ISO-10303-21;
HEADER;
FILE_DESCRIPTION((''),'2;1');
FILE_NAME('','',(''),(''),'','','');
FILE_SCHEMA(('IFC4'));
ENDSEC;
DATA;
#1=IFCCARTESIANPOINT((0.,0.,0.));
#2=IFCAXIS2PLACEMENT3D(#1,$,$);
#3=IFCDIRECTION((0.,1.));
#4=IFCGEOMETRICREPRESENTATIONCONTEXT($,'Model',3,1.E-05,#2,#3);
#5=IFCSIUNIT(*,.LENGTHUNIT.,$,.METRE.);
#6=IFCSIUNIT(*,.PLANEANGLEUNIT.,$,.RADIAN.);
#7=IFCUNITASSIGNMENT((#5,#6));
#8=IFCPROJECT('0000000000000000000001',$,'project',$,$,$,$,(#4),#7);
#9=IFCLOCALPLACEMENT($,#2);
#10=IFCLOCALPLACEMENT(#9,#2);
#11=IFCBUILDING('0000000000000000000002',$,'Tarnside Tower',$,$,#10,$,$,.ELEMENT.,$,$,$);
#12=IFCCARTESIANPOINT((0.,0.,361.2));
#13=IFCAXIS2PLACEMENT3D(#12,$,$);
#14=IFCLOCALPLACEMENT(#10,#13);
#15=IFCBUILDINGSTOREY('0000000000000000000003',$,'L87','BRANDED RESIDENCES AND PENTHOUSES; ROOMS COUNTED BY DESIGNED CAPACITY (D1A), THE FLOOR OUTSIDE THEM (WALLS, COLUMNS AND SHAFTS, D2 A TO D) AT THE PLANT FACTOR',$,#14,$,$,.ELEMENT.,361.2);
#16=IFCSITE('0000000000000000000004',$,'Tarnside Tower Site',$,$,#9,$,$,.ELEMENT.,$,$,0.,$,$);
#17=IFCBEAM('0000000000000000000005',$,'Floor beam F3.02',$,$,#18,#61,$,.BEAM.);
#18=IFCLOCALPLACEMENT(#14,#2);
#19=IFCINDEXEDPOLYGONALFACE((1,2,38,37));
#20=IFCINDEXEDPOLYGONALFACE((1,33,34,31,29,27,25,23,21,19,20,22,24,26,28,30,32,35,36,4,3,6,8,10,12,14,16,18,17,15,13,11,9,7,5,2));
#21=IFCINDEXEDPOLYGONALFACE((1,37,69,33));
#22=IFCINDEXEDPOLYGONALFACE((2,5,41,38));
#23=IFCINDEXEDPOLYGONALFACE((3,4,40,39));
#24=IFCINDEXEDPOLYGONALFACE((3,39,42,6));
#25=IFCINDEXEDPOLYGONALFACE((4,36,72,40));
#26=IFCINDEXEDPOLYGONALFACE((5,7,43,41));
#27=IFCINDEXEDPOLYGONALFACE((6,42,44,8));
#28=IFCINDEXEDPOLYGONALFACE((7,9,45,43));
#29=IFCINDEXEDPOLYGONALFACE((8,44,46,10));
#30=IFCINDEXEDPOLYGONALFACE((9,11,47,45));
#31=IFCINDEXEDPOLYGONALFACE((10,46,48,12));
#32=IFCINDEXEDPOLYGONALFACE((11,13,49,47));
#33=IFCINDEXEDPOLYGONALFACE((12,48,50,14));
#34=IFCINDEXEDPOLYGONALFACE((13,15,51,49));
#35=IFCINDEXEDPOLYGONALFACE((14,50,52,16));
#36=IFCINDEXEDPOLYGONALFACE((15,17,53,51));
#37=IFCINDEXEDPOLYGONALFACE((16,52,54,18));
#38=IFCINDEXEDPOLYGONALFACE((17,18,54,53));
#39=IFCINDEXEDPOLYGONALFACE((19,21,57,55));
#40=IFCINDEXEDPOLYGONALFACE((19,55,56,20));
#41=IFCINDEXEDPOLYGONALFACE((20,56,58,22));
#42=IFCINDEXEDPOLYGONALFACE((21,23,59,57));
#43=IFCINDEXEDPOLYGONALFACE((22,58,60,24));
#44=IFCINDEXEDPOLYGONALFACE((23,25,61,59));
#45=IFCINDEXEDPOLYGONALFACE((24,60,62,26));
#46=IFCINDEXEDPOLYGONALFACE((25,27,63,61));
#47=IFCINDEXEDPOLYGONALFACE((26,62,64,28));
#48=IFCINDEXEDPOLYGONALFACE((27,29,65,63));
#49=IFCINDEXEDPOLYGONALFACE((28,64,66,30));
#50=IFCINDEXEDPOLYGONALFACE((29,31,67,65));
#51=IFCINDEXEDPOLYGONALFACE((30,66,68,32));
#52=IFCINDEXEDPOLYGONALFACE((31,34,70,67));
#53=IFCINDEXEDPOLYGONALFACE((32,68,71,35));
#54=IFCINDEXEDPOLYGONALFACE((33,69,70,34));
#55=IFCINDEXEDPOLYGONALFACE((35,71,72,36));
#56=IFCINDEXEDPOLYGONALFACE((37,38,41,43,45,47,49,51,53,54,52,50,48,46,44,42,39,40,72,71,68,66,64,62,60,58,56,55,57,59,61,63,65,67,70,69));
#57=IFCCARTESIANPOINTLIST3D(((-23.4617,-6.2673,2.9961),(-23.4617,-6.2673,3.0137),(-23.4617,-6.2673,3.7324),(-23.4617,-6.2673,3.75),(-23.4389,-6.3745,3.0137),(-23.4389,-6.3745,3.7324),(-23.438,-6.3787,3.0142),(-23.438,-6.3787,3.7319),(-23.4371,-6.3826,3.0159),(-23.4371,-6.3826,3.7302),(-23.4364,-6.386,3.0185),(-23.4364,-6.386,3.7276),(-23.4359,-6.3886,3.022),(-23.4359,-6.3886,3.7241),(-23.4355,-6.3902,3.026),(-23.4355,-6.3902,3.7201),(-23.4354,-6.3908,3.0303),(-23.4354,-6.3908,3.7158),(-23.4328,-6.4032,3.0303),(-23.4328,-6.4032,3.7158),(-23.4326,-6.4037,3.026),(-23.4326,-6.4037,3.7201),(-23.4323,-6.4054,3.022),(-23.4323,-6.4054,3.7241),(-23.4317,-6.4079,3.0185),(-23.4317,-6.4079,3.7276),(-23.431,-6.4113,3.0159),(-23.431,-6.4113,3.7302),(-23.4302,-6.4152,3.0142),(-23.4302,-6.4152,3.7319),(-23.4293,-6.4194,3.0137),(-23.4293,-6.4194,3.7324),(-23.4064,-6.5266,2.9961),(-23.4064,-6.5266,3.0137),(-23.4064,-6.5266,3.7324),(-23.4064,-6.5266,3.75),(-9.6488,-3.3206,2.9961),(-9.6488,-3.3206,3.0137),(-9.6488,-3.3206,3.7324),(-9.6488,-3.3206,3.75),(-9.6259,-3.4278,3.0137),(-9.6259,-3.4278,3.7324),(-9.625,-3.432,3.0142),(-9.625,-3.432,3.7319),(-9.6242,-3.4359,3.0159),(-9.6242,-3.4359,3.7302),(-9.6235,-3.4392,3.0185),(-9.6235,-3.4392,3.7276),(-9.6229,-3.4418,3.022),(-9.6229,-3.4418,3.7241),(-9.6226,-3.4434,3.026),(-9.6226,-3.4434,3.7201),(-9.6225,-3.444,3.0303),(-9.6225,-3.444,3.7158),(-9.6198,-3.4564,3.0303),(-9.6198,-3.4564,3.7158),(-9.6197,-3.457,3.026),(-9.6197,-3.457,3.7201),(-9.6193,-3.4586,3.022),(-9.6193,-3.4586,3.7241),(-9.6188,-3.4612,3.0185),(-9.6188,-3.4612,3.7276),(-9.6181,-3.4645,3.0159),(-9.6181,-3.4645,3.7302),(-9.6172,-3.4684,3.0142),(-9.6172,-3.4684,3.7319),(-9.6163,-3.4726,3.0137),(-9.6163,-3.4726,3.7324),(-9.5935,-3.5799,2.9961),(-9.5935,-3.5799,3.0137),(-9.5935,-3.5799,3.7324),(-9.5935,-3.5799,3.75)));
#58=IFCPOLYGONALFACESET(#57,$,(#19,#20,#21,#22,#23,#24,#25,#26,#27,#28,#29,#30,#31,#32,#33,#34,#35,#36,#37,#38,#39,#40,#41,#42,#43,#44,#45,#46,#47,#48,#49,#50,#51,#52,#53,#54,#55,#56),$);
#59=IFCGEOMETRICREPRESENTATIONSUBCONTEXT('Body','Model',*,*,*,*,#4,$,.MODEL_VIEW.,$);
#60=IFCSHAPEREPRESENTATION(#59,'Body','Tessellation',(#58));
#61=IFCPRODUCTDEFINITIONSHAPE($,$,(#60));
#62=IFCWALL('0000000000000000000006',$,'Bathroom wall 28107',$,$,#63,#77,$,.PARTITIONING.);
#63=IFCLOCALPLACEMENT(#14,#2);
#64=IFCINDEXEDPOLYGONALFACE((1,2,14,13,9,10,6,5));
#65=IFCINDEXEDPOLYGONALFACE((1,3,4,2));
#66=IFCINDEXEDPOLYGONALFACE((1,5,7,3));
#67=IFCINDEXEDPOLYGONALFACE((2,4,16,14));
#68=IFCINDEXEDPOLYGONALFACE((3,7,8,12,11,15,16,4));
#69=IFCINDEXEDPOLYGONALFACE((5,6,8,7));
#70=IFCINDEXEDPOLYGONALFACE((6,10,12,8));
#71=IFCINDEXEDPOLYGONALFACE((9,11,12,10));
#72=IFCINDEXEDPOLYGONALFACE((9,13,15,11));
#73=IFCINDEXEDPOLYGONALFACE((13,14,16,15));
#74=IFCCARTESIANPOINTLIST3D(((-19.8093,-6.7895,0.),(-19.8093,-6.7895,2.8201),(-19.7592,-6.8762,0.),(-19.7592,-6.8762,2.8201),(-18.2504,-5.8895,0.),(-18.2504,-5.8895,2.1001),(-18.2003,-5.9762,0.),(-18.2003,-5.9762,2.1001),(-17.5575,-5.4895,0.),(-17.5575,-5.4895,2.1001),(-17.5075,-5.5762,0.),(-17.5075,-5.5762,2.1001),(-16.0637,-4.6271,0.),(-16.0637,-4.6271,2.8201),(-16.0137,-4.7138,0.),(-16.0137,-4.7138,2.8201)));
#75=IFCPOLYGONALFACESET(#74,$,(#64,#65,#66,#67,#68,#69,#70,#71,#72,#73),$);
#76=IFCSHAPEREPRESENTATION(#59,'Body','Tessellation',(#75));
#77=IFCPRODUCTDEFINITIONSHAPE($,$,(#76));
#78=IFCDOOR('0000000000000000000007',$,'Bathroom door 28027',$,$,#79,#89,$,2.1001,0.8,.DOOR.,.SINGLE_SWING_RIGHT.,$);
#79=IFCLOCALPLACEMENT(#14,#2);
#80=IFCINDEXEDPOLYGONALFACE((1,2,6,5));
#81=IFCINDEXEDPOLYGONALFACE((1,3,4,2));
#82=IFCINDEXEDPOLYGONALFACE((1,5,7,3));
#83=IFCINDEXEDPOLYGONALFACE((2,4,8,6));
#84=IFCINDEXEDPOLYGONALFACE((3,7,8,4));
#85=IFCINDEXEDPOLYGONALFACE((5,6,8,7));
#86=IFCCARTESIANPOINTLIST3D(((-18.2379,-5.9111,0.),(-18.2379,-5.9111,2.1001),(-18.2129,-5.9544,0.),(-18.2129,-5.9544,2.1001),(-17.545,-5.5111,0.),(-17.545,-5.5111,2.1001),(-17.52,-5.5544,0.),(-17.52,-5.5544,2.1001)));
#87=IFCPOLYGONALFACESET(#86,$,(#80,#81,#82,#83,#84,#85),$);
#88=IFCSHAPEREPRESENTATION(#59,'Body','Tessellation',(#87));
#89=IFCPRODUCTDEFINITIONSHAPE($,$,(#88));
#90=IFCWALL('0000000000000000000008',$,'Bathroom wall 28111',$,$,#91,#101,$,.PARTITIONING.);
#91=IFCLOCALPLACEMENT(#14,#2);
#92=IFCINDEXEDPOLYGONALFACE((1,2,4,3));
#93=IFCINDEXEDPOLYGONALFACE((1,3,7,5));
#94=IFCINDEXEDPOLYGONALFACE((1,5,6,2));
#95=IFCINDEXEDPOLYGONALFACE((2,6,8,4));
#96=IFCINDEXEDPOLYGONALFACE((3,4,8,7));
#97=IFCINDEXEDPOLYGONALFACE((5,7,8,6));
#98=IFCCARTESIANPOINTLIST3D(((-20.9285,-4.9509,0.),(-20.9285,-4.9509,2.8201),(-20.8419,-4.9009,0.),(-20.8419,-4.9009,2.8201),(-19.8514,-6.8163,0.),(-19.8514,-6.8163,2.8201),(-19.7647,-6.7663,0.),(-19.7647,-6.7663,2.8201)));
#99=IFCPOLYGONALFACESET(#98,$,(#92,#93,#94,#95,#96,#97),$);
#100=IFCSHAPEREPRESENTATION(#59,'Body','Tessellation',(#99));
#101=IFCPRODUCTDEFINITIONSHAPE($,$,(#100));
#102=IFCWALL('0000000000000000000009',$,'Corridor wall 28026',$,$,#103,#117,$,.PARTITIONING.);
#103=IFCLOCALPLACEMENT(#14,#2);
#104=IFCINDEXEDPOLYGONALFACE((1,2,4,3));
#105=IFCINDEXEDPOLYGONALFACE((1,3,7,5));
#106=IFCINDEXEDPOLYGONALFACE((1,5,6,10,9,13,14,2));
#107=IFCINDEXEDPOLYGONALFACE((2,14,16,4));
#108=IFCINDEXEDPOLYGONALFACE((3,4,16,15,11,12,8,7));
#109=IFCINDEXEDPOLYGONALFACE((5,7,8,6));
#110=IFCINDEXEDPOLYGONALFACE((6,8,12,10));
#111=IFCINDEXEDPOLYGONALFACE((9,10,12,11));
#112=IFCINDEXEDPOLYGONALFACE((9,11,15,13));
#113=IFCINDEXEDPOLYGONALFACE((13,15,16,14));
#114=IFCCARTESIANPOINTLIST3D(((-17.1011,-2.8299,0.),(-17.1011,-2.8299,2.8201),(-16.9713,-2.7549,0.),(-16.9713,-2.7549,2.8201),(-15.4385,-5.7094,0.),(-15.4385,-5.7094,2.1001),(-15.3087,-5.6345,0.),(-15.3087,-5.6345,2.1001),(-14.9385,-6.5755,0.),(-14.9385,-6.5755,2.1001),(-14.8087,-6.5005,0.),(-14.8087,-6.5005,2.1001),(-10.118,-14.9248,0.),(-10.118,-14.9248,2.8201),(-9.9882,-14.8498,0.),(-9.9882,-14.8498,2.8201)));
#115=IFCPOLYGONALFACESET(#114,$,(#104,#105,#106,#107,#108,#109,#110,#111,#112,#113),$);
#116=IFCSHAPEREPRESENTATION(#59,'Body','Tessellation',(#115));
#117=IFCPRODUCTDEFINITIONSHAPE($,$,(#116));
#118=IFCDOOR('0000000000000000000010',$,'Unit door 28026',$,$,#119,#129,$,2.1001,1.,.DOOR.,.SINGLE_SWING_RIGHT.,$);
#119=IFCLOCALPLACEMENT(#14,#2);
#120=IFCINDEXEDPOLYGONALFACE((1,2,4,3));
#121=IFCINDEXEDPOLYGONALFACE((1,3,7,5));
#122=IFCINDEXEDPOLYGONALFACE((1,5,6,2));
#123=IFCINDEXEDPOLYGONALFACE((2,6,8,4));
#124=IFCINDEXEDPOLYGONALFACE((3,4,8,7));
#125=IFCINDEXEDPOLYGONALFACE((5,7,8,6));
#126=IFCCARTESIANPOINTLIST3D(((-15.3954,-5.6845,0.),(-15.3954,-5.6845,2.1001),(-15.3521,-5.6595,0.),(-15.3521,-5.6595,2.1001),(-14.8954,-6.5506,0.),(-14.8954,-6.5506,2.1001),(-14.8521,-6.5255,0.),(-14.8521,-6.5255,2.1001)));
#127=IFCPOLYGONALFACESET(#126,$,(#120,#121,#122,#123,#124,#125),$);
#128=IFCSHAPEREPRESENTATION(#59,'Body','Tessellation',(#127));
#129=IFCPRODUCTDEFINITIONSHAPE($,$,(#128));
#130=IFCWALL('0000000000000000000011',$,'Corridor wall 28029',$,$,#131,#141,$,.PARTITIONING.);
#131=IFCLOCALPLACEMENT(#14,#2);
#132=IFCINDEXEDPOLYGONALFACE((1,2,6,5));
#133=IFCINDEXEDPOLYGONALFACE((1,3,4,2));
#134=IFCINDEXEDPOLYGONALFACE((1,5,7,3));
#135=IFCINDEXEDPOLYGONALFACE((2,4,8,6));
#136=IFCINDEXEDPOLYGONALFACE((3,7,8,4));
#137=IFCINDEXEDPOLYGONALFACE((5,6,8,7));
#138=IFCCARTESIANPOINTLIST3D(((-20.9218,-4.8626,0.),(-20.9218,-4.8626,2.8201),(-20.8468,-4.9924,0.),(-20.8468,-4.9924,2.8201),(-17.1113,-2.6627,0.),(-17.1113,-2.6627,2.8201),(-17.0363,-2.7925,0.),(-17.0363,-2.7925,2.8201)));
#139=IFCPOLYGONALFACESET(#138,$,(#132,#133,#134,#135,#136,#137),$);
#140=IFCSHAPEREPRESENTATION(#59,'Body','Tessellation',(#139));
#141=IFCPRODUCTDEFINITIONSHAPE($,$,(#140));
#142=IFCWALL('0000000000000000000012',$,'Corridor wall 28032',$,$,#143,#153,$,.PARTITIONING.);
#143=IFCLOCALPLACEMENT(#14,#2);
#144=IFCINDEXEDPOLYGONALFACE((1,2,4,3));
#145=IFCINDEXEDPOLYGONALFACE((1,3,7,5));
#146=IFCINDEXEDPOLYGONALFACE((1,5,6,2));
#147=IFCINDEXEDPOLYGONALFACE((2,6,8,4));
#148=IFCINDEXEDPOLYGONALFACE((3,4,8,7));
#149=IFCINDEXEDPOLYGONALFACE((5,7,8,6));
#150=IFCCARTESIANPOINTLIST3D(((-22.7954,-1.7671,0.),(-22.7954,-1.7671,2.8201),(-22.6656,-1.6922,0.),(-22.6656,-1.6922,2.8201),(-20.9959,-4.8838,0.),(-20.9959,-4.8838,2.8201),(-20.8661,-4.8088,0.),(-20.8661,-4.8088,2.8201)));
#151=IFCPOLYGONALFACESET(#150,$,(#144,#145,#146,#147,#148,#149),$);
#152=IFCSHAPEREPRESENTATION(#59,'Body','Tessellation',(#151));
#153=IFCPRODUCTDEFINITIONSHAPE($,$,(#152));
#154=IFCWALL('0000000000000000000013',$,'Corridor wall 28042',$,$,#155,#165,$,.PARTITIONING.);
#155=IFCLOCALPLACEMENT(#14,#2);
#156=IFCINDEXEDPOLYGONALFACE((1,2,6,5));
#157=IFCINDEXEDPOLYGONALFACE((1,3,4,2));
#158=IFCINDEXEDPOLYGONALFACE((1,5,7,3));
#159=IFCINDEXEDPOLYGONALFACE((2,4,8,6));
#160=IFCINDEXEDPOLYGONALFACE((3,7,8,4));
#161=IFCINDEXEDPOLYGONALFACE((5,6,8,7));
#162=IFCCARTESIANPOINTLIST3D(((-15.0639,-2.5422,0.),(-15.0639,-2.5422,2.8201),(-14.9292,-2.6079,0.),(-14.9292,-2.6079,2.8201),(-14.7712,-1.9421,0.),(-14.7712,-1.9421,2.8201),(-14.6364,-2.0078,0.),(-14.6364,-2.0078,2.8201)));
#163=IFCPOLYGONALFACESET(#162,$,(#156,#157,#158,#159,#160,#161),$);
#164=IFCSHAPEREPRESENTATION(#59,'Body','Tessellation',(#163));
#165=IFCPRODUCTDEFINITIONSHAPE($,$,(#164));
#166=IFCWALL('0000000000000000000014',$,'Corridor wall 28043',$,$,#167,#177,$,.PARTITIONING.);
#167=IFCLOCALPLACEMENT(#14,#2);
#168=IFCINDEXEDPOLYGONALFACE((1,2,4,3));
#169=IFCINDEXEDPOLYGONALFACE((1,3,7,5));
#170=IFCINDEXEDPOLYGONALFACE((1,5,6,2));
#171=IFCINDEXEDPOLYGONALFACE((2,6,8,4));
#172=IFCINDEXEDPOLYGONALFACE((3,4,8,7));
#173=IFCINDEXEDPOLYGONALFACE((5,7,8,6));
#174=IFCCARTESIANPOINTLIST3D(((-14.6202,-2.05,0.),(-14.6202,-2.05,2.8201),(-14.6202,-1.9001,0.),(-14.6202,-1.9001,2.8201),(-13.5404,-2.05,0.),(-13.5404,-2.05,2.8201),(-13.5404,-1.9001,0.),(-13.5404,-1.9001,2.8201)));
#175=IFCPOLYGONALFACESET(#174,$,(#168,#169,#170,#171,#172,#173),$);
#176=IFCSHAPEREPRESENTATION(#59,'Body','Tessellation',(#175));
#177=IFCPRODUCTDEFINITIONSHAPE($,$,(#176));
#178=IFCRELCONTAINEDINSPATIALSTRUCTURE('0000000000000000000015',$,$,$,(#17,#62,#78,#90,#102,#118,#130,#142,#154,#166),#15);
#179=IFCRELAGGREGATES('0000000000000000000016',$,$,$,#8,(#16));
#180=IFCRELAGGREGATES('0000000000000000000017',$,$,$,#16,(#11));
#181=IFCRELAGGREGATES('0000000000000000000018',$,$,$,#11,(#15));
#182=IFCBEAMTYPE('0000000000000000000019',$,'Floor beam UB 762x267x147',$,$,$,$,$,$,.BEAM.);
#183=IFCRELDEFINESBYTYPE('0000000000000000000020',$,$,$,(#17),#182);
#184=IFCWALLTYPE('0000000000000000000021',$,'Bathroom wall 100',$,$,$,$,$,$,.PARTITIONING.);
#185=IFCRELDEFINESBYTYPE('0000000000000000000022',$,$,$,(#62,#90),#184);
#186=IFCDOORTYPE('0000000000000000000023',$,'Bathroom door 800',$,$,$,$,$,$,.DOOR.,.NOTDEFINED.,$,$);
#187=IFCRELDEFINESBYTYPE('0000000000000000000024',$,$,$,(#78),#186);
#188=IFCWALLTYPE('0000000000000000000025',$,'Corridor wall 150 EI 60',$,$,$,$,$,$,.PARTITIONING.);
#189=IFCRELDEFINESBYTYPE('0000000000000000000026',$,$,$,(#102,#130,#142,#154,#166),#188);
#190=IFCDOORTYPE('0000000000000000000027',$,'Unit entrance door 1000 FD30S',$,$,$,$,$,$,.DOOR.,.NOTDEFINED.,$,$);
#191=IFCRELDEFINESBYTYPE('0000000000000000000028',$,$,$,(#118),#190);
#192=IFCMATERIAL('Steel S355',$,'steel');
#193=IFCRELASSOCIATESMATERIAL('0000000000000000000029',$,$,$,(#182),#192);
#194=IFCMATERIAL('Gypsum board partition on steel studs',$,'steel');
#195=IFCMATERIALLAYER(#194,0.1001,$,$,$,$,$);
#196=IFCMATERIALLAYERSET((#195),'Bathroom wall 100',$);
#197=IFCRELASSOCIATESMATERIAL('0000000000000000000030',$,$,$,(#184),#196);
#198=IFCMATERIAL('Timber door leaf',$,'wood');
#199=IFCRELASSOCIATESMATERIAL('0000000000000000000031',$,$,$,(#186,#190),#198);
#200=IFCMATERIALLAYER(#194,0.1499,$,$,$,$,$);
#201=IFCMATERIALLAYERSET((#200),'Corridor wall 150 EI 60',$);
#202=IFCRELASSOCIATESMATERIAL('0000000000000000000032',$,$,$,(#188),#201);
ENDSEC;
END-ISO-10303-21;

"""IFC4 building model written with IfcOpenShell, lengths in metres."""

from ifc_helpers import new_model, si_unit, direction, frame, frame_2d, origin, origin_2d, place, context, subcontext, project, spatial, rectangle, i_section, extrude, material, layer, layer_set, material_profile, profile_set, type_object, element, fill, save


model = new_model("IFC4")

# Units and contexts
model_context = context("Model", 3, precision=1e-05, world=origin(), true_north=direction((0.0, 1.0)))
body_context = subcontext(model_context, "Body", "Model", "MODEL_VIEW")
ifc_project = project(units=[si_unit("LENGTHUNIT", "METRE"), si_unit("PLANEANGLEUNIT", "RADIAN")], contexts=[model_context])

# Site, building, storey
site_placement = place(None, origin())
site = spatial("IfcSite", under=ifc_project, at=site_placement, Name="Tarnside Tower Site", CompositionType="ELEMENT", RefElevation=0.0)
building_placement = place(site_placement, origin())
building = spatial("IfcBuilding", under=site, at=building_placement, Name="Tarnside Tower", CompositionType="ELEMENT")
storey_placement = place(building_placement, frame((0.0, 0.0, 361.2)))
storey = spatial("IfcBuildingStorey", under=building, at=storey_placement, Name="L87", Description="BRANDED RESIDENCES AND PENTHOUSES; ROOMS COUNTED BY DESIGNED CAPACITY (D1A), THE FLOOR OUTSIDE THEM (WALLS, COLUMNS AND SHAFTS, D2 A TO D) AT THE PLANT FACTOR", CompositionType="ELEMENT", Elevation=361.2)

# Beam
ifc_material_1 = material(Name="Steel S355", Category="steel")
ifc_material_profile = material_profile(ifc_material_1, i_section(OverallWidth=0.2651, OverallDepth=0.7539, WebThickness=0.0127, FlangeThickness=0.0176, FilletRadius=0.0166, at=origin_2d()), Name="UB 762x267x147")
ifc_profile_set = profile_set([ifc_material_profile], Name="Steel S355")
beam_type = type_object("IfcBeamType", Name="Floor beam UB 762x267x147", PredefinedType="BEAM", material=ifc_profile_set)
beam_placement = place(storey_placement, frame((-23.4341, -6.397, 3.373), z_axis=(0.977993, 0.208639, 0.0), x_axis=(-0.208639, 0.977993, 0.0)))
element("IfcBeam", 1, at=beam_placement, inside=storey, type_object=beam_type, Name="Floor beam F3.02", PredefinedType="BEAM", context=body_context, shape_type="SweptSolid", body=[
    extrude(i_section(OverallWidth=0.2651, OverallDepth=0.7539, WebThickness=0.0127, FlangeThickness=0.0176, FilletRadius=0.0166, at=origin_2d()), origin(), (0.0, 0.0, 1.0), 14.1238),
])

# Wall, opening, door
ifc_material_2 = material(Name="Gypsum board partition on steel studs", Category="steel")
ifc_layer_1 = layer(ifc_material_2, 0.1001)
ifc_layer_set_1 = layer_set([ifc_layer_1], Name="Bathroom wall 100")
wall_type_1 = type_object("IfcWallType", Name="Bathroom wall 100", PredefinedType="PARTITIONING", material=ifc_layer_set_1)
wall_1_placement = place(storey_placement, frame((-16.0386, -4.6704, 0.0), z_axis=(0.0, 0.0, 1.0), x_axis=(-0.866043, -0.49997, 0.0)))
wall_1 = element("IfcWall", 2, at=wall_1_placement, inside=storey, type_object=wall_type_1, Name="Bathroom wall 28107", PredefinedType="PARTITIONING", context=body_context, shape_type="SweptSolid", body=[
    extrude(rectangle(XDim=4.325, YDim=0.1001, at=frame_2d((2.1626, 0.0))), origin(), (0.0, 0.0, 1.0), 2.8201),
])
opening_1_placement = place(wall_1_placement, frame((1.7251, 0.0, 0.0)))
opening_1 = element("IfcOpeningElement", 3, at=opening_1_placement, cuts=wall_1, PredefinedType="OPENING", context=body_context, shape_type="SweptSolid", body=[
    extrude(rectangle(XDim=0.8, YDim=2.1001, at=frame_2d((0.3999, 1.05))), frame((0.0, 0.0601, 0.0), z_axis=(0.0, -1.0, 0.0), x_axis=(1.0, 0.0, 0.0)), (0.0, 0.0, 1.0), 0.1201),
])
ifc_material_3 = material(Name="Timber door leaf", Category="wood")
door_type_1 = type_object("IfcDoorType", Name="Bathroom door 800", OperationType="NOTDEFINED", PredefinedType="DOOR", material=ifc_material_3)
door_1_placement = place(opening_1_placement, origin())
door_1 = element("IfcDoor", 4, at=door_1_placement, inside=storey, type_object=door_type_1, Name="Bathroom door 28027", OperationType="SINGLE_SWING_RIGHT", OverallHeight=2.1001, OverallWidth=0.8, PredefinedType="DOOR", context=body_context, shape_type="SweptSolid", body=[
    extrude(rectangle(XDim=0.8, YDim=2.1001, at=frame_2d((0.3999, 1.05))), frame((0.0, 0.0249, 0.0), z_axis=(0.0, -1.0, 0.0), x_axis=(1.0, 0.0, 0.0)), (0.0, 0.0, 1.0), 0.05),
])
fill(opening_1, door_1)

# Wall
wall_2_placement = place(storey_placement, frame((-20.8853, -4.9258, 0.0), z_axis=(0.0, 0.0, 1.0), x_axis=(0.50004, -0.866003, 0.0)))
element("IfcWall", 5, at=wall_2_placement, inside=storey, type_object=wall_type_1, Name="Bathroom wall 28111", PredefinedType="PARTITIONING", context=body_context, shape_type="SweptSolid", body=[
    extrude(rectangle(XDim=2.1541, YDim=0.1001, at=frame_2d((1.0771, 0.0))), origin(), (0.0, 0.0, 1.0), 2.8201),
])

# Wall, opening, door
ifc_layer_2 = layer(ifc_material_2, 0.1499)
ifc_layer_set_2 = layer_set([ifc_layer_2], Name="Corridor wall 150 EI 60")
wall_type_2 = type_object("IfcWallType", Name="Corridor wall 150 EI 60", PredefinedType="PARTITIONING", material=ifc_layer_set_2)
wall_3_placement = place(storey_placement, frame((-17.0361, -2.7925, 0.0), z_axis=(0.0, 0.0, 1.0), x_axis=(0.500006, -0.866022, 0.0)))
wall_3 = element("IfcWall", 6, at=wall_3_placement, inside=storey, type_object=wall_type_2, Name="Corridor wall 28026", PredefinedType="PARTITIONING", context=body_context, shape_type="SweptSolid", body=[
    extrude(rectangle(XDim=13.9661, YDim=0.1499, at=frame_2d((6.9829, 0.0))), origin(), (0.0, 0.0, 1.0), 2.8201),
])
opening_2_placement = place(wall_3_placement, frame((3.325, 0.0, 0.0)))
opening_2 = element("IfcOpeningElement", 7, at=opening_2_placement, cuts=wall_3, PredefinedType="OPENING", context=body_context, shape_type="SweptSolid", body=[
    extrude(rectangle(XDim=1.0, YDim=2.1001, at=frame_2d((0.5, 1.05))), frame((0.0, 0.085, 0.0), z_axis=(0.0, -1.0, 0.0), x_axis=(1.0, 0.0, 0.0)), (0.0, 0.0, 1.0), 0.1699),
])
door_type_2 = type_object("IfcDoorType", Name="Unit entrance door 1000 FD30S", OperationType="NOTDEFINED", PredefinedType="DOOR", material=ifc_material_3)
door_2_placement = place(opening_2_placement, origin())
door_2 = element("IfcDoor", 8, at=door_2_placement, inside=storey, type_object=door_type_2, Name="Unit door 28026", OperationType="SINGLE_SWING_RIGHT", OverallHeight=2.1001, OverallWidth=1.0, PredefinedType="DOOR", context=body_context, shape_type="SweptSolid", body=[
    extrude(rectangle(XDim=1.0, YDim=2.1001, at=frame_2d((0.5, 1.05))), frame((0.0, 0.0249, 0.0), z_axis=(0.0, -1.0, 0.0), x_axis=(1.0, 0.0, 0.0)), (0.0, 0.0, 1.0), 0.05),
])
fill(opening_2, door_2)

# Walls
wall_4_placement = place(storey_placement, frame((-20.8843, -4.9275, 0.0), z_axis=(0.0, 0.0, 1.0), x_axis=(0.866032, 0.499988, 0.0)))
element("IfcWall", 9, at=wall_4_placement, inside=storey, type_object=wall_type_2, Name="Corridor wall 28029", PredefinedType="PARTITIONING", context=body_context, shape_type="SweptSolid", body=[
    extrude(rectangle(XDim=4.3999, YDim=0.1499, at=frame_2d((2.2, 0.0))), origin(), (0.0, 0.0, 1.0), 2.8201),
])
wall_5_placement = place(storey_placement, frame((-22.7305, -1.7297, 0.0), z_axis=(0.0, 0.0, 1.0), x_axis=(0.500028, -0.866009, 0.0)))
element("IfcWall", 10, at=wall_5_placement, inside=storey, type_object=wall_type_2, Name="Corridor wall 28032", PredefinedType="PARTITIONING", context=body_context, shape_type="SweptSolid", body=[
    extrude(rectangle(XDim=3.5989, YDim=0.1499, at=frame_2d((1.7993, 0.0))), origin(), (0.0, 0.0, 1.0), 2.8201),
])
wall_6_placement = place(storey_placement, frame((-14.9966, -2.5752, 0.0), z_axis=(0.0, 0.0, 1.0), x_axis=(0.438416, 0.898772, 0.0)))
element("IfcWall", 11, at=wall_6_placement, inside=storey, type_object=wall_type_2, Name="Corridor wall 28042", PredefinedType="PARTITIONING", context=body_context, shape_type="SweptSolid", body=[
    extrude(rectangle(XDim=0.6677, YDim=0.1499, at=frame_2d((0.334, 0.0))), origin(), (0.0, 0.0, 1.0), 2.8201),
])
wall_7_placement = place(storey_placement, frame((-14.6204, -1.9751, 0.0), z_axis=(0.0, 0.0, 1.0), x_axis=(1.0, 0.0, 0.0)))
element("IfcWall", 12, at=wall_7_placement, inside=storey, type_object=wall_type_2, Name="Corridor wall 28043", PredefinedType="PARTITIONING", context=body_context, shape_type="SweptSolid", body=[
    extrude(rectangle(XDim=1.0798, YDim=0.1499, at=frame_2d((0.54, 0.0))), origin(), (0.0, 0.0, 1.0), 2.8201),
])

save(model, "model.ifc")
